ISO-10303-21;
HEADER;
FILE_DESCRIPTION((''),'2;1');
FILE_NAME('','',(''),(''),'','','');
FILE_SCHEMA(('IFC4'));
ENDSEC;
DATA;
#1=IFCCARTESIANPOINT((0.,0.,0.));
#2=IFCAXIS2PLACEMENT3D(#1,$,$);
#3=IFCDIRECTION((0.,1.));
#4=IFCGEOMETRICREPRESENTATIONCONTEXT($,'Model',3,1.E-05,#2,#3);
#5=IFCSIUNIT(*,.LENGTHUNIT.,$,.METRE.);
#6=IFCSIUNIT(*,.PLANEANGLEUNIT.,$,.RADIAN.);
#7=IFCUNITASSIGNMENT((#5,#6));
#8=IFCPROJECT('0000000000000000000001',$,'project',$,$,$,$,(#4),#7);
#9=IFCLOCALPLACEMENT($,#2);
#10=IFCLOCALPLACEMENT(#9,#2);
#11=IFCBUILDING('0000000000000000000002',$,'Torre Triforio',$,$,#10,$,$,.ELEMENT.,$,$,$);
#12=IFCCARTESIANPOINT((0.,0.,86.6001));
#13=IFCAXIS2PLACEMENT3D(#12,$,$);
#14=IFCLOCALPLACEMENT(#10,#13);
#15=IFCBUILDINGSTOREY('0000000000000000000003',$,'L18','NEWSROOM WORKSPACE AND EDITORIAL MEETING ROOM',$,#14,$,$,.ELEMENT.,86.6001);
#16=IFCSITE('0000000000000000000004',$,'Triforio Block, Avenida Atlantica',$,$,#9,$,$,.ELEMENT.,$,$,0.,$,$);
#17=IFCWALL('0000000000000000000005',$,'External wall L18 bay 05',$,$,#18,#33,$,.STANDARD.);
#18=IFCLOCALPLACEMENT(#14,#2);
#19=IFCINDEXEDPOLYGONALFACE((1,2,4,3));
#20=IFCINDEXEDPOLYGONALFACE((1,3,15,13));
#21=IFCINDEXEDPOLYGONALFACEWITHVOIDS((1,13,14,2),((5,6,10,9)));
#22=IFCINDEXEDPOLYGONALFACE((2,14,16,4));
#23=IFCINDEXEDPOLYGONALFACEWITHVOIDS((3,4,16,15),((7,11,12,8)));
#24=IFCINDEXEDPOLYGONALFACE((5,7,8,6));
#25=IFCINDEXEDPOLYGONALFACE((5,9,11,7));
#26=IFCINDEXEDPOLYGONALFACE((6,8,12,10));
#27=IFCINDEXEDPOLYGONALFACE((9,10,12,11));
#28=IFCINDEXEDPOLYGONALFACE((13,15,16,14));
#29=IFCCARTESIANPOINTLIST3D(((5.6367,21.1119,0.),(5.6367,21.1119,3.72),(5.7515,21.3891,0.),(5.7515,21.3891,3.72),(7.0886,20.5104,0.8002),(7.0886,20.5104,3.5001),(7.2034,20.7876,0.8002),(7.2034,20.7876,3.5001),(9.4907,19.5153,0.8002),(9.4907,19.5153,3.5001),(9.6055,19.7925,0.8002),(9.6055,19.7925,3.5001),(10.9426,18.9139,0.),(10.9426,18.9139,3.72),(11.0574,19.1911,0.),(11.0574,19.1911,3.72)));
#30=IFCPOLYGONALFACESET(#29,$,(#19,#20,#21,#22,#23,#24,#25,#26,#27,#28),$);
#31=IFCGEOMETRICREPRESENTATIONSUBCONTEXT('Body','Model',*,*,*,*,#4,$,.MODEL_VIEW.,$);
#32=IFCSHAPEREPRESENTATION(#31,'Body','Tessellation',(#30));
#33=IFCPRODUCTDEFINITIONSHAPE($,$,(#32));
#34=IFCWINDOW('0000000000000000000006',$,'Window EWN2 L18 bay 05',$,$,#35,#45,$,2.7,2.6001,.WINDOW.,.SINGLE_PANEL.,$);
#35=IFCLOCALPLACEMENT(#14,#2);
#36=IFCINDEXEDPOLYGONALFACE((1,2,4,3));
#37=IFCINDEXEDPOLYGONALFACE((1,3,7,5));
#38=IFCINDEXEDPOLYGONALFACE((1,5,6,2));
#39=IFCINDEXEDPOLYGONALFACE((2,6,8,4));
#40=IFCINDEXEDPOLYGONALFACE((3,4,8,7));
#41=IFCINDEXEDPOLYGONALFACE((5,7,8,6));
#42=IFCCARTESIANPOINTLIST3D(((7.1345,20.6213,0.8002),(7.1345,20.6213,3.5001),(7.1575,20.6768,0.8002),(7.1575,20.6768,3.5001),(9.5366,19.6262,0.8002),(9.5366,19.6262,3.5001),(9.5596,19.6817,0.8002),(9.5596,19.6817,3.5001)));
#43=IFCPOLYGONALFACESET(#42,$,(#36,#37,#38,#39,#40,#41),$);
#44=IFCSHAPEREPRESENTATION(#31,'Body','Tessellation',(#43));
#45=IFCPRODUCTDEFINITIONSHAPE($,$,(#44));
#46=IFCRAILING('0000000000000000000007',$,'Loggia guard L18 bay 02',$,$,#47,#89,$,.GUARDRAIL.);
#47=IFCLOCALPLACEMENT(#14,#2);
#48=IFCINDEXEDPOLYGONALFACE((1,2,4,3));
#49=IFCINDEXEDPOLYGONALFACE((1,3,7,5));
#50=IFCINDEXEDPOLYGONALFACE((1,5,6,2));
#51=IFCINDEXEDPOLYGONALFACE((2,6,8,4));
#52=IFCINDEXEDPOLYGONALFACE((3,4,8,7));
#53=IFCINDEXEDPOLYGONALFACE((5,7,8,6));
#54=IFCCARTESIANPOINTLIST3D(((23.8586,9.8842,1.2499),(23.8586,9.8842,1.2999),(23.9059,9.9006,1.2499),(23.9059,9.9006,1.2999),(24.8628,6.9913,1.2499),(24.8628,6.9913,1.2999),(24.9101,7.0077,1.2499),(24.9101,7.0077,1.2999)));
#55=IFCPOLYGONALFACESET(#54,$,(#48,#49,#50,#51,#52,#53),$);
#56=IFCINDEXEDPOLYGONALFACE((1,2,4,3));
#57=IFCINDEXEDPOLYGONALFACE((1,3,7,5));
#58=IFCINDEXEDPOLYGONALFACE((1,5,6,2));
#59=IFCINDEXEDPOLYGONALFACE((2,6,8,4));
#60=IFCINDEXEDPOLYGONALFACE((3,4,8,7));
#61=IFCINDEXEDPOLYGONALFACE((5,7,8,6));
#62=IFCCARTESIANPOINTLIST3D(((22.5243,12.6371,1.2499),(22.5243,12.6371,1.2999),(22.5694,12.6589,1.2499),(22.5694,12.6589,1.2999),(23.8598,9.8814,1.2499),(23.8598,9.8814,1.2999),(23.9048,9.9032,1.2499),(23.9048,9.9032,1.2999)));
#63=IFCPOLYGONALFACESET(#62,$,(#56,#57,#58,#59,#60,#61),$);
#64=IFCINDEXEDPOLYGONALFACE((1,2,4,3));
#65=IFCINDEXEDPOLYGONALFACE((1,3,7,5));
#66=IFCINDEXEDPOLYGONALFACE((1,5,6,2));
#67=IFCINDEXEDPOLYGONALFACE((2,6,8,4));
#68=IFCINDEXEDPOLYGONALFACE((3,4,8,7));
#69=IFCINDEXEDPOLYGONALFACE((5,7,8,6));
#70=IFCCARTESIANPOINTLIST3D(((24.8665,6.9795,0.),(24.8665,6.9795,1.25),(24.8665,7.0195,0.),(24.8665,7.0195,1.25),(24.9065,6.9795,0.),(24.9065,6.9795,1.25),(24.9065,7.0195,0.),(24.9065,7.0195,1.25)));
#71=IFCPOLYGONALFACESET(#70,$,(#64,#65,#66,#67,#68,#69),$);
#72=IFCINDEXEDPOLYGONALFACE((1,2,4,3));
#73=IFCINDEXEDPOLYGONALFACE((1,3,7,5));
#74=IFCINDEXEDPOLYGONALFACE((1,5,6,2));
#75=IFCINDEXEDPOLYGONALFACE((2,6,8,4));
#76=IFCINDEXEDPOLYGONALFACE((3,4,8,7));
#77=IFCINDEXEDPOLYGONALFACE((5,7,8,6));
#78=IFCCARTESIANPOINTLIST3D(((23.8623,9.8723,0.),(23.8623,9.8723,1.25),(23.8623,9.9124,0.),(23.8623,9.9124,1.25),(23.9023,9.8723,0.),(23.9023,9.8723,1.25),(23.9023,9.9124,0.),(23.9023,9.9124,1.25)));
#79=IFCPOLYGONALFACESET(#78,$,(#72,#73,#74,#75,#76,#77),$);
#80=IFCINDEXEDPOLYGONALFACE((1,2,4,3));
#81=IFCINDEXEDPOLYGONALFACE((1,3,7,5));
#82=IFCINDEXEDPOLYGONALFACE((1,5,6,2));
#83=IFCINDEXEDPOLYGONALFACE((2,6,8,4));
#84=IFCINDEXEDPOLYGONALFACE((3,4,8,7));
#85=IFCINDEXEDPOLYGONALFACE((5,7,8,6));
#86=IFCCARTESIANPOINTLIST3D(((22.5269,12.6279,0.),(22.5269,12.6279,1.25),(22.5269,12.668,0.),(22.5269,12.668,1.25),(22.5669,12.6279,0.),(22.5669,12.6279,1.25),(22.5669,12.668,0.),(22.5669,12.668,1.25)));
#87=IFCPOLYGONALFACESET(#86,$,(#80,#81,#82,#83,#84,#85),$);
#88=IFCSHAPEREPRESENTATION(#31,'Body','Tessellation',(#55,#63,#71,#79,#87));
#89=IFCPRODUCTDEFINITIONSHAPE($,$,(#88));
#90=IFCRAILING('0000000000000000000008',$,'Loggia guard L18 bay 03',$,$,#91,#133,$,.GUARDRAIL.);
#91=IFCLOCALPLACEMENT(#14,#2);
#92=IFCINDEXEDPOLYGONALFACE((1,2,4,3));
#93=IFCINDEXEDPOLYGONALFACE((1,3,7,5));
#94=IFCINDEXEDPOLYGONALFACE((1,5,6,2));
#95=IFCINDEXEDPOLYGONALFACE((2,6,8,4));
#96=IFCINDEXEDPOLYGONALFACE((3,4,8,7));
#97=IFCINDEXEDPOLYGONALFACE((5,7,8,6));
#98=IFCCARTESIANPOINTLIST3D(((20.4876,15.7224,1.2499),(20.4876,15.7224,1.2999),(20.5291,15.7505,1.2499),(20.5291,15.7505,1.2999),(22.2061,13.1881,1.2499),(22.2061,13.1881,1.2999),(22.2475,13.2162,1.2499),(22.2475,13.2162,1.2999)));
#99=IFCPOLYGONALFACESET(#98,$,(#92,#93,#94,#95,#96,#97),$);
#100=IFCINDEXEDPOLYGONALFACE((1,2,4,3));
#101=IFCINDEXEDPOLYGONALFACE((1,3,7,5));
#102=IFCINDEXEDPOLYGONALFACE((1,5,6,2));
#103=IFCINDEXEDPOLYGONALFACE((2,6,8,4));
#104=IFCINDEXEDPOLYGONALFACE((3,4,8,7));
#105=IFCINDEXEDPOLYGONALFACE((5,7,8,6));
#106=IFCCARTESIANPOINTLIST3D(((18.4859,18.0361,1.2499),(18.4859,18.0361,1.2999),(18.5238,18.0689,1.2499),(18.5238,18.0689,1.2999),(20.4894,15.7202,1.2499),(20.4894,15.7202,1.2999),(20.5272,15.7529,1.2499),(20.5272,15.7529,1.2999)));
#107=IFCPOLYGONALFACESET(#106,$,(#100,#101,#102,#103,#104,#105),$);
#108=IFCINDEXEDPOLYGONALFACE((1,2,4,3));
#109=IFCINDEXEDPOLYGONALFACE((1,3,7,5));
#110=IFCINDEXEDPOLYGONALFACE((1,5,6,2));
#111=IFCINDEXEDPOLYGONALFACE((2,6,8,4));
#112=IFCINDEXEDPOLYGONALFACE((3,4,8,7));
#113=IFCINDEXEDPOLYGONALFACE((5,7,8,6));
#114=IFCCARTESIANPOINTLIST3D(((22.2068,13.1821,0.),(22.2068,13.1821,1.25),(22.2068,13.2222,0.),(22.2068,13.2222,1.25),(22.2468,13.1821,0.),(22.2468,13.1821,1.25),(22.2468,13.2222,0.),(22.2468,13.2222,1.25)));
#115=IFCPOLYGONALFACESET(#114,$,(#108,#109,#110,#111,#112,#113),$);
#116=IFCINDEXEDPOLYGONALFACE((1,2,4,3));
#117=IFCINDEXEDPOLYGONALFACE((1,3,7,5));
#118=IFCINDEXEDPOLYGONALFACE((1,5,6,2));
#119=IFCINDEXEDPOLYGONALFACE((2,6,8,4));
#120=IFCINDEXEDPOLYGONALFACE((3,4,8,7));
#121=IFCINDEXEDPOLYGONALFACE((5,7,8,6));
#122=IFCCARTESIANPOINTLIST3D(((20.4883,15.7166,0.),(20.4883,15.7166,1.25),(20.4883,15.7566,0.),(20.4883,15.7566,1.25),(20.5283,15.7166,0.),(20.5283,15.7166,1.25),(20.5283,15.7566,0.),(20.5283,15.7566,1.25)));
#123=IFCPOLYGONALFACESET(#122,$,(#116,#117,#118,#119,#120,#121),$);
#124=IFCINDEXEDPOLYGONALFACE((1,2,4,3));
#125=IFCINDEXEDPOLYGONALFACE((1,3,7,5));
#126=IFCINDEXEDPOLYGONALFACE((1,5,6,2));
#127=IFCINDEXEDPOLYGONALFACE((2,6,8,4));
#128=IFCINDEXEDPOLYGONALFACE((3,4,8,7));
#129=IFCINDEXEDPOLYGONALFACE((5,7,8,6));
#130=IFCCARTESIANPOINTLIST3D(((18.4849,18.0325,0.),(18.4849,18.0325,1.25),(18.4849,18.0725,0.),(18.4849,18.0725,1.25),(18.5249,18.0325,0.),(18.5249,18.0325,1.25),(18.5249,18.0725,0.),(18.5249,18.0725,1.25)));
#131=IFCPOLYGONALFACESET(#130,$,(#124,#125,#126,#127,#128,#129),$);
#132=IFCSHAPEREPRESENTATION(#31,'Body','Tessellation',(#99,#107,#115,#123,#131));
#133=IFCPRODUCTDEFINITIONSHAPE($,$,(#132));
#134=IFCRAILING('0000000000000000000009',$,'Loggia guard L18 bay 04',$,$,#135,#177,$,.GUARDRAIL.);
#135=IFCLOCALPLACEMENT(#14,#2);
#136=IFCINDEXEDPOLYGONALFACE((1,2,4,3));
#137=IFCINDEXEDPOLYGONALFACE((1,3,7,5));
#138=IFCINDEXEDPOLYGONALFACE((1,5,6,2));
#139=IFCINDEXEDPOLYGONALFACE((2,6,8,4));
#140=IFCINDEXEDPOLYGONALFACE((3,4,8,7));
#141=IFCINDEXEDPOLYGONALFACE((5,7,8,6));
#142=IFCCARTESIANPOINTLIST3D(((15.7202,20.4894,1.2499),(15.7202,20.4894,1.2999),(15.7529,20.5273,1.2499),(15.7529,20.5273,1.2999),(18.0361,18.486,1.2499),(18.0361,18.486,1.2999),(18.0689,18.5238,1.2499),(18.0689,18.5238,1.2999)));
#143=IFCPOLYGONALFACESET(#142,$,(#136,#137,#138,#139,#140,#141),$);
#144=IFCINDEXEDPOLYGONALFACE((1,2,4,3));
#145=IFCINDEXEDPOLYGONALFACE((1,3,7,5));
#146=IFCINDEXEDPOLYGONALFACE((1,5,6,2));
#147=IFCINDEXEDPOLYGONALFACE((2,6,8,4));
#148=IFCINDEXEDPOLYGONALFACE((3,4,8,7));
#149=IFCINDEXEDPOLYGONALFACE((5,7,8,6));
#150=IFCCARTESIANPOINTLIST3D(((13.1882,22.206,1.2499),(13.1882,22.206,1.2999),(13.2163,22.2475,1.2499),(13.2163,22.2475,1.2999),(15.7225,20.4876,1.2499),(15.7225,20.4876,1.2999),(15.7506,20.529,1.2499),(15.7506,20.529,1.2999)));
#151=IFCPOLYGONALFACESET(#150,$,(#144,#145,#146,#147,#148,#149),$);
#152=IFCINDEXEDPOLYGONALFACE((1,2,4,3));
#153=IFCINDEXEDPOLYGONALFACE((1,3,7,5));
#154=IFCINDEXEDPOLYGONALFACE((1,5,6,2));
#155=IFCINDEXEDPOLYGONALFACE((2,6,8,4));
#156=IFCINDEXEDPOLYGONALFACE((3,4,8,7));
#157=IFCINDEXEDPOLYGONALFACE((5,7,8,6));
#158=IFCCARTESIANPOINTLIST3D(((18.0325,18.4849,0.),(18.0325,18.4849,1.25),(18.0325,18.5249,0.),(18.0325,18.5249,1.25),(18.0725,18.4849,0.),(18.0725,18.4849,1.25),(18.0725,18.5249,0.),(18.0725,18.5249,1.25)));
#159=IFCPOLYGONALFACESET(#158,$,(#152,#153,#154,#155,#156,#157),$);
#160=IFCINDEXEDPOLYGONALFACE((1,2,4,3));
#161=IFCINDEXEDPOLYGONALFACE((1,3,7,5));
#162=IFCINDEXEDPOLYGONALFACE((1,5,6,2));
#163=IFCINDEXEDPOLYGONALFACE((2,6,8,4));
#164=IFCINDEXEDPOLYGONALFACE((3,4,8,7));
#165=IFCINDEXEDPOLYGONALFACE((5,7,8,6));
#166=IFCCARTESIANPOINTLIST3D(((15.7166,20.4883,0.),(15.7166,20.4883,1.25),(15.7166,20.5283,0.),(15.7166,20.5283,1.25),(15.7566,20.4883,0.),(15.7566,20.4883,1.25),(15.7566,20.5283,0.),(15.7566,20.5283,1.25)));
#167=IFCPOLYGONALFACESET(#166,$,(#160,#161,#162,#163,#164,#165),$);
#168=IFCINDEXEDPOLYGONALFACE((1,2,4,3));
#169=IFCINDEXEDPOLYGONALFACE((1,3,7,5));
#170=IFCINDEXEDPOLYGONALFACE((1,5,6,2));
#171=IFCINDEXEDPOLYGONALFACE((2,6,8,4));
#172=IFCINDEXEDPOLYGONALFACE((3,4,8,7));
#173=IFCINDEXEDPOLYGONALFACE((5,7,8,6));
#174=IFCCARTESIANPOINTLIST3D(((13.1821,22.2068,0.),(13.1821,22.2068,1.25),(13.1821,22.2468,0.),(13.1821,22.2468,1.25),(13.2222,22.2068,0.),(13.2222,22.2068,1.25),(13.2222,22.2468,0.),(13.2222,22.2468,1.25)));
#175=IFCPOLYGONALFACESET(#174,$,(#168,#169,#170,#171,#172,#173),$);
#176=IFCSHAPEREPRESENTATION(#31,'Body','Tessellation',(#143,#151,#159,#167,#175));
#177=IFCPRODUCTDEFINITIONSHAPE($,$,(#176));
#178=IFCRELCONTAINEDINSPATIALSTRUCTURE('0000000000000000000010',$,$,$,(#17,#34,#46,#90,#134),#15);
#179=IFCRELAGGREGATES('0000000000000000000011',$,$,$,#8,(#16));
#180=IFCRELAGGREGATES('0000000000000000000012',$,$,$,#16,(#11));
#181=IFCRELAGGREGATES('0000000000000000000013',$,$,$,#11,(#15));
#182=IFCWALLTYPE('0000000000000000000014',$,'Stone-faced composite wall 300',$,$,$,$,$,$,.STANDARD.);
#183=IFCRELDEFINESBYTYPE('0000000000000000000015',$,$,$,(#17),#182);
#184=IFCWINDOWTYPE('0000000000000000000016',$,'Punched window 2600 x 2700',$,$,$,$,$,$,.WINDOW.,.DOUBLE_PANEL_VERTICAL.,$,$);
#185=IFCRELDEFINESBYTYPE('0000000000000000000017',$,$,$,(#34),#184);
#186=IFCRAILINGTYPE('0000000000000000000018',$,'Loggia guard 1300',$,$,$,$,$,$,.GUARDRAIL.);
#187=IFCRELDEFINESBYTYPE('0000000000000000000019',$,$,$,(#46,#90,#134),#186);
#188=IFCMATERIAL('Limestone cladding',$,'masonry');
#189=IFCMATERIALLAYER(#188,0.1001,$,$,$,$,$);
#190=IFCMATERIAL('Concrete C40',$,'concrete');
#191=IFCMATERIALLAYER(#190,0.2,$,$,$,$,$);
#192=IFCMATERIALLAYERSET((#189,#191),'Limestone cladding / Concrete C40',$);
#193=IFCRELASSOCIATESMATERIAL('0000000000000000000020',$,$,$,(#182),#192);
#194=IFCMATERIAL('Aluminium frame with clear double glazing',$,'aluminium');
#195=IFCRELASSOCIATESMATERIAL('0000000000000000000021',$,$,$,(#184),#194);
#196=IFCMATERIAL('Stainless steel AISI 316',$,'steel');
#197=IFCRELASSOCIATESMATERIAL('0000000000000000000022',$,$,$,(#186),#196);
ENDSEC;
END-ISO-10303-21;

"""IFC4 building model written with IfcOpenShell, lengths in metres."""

from ifc_helpers import new_model, si_unit, direction, frame, frame_2d, origin, origin_2d, place, context, subcontext, project, spatial, rectangle, extrude, material, layer, layer_set, type_object, element, fill, save


model = new_model("IFC4")

# Units and contexts
model_context = context("Model", 3, precision=1e-05, world=origin(), true_north=direction((0.0, 1.0)))
body_context = subcontext(model_context, "Body", "Model", "MODEL_VIEW")
ifc_project = project(units=[si_unit("LENGTHUNIT", "METRE"), si_unit("PLANEANGLEUNIT", "RADIAN")], contexts=[model_context])

# Site, building, storey
site_placement = place(None, origin())
site = spatial("IfcSite", under=ifc_project, at=site_placement, Name="Triforio Block, Avenida Atlantica", CompositionType="ELEMENT", RefElevation=0.0)
building_placement = place(site_placement, origin())
building = spatial("IfcBuilding", under=site, at=building_placement, Name="Torre Triforio", CompositionType="ELEMENT")
storey_placement = place(building_placement, frame((0.0, 0.0, 86.6001)))
storey = spatial("IfcBuildingStorey", under=building, at=storey_placement, Name="L18", Description="NEWSROOM WORKSPACE AND EDITORIAL MEETING ROOM", CompositionType="ELEMENT", Elevation=86.6001)

# Shared definitions
ifc_material_1 = material(Name="Limestone cladding", Category="masonry")
ifc_material_2 = material(Name="Concrete C40", Category="concrete")

# Shared definitions
ifc_layer_1 = layer(ifc_material_1, 0.1001)
ifc_layer_2 = layer(ifc_material_2, 0.2)
ifc_layer_set_1 = layer_set([ifc_layer_1, ifc_layer_2], Name="Limestone cladding / Concrete C40")
wall_type_1 = type_object("IfcWallType", Name="Stone-faced composite wall 300", PredefinedType="STANDARD", material=ifc_layer_set_1)
ifc_material_3 = material(Name="Aluminium frame with clear double glazing", Category="aluminium")
window_type_1 = type_object("IfcWindowType", Name="Punched window 2600 x 2700", PartitioningType="DOUBLE_PANEL_VERTICAL", PredefinedType="WINDOW", material=ifc_material_3)

# Wall, opening, window
wall_1_placement = place(storey_placement, frame((11.0, 19.0525, 0.0), z_axis=(0.0, 0.0, 1.0), x_axis=(-0.923866, 0.382716, 0.0)))
wall_1 = element("IfcWall", 1, at=wall_1_placement, inside=storey, type_object=wall_type_1, Name="External wall L18 bay 05", PredefinedType="STANDARD", context=body_context, shape_type="SweptSolid", body=[
    extrude(rectangle(XDim=5.7432, YDim=0.3, at=frame_2d((2.8716, 0.0))), origin(), (0.0, 0.0, 1.0), 3.72),
])
opening_1_placement = place(wall_1_placement, frame((1.5715, 0.0, 0.8)))
opening_1 = element("IfcOpeningElement", 2, at=opening_1_placement, cuts=wall_1, PredefinedType="OPENING", context=body_context, shape_type="SweptSolid", body=[
    extrude(rectangle(XDim=2.6001, YDim=2.7, at=frame_2d((1.3, 1.3501))), frame((0.0, 0.1599, 0.0), z_axis=(0.0, -1.0, 0.0), x_axis=(1.0, 0.0, 0.0)), (0.0, 0.0, 1.0), 0.3201),
])
window_1_placement = place(opening_1_placement, origin())
window_1 = element("IfcWindow", 3, at=window_1_placement, inside=storey, type_object=window_type_1, Name="Window EWN2 L18 bay 05", OverallHeight=2.7, OverallWidth=2.6001, PartitioningType="SINGLE_PANEL", PredefinedType="WINDOW", context=body_context, shape_type="SweptSolid", body=[
    extrude(rectangle(XDim=2.6001, YDim=2.7, at=frame_2d((1.3, 1.3501))), frame((0.0, 0.03, 0.0), z_axis=(0.0, -1.0, 0.0), x_axis=(1.0, 0.0, 0.0)), (0.0, 0.0, 1.0), 0.0601),
])
fill(opening_1, window_1)

# Railings
ifc_material_4 = material(Name="Stainless steel AISI 316", Category="steel")
railing_type = type_object("IfcRailingType", Name="Loggia guard 1300", PredefinedType="GUARDRAIL", material=ifc_material_4)
railing_1_placement = place(storey_placement, frame((24.8865, 6.9995, 0.0)))
element("IfcRailing", 4, at=railing_1_placement, inside=storey, type_object=railing_type, Name="Loggia guard L18 bay 02", PredefinedType="GUARDRAIL", context=body_context, shape_type="SweptSolid", body=[
    extrude(rectangle(XDim=0.05, YDim=0.05, at=origin_2d()), frame((0.0, 0.0, 1.2749), z_axis=(-0.327924, 0.944704, 0.0), x_axis=(-0.944704, -0.327924, 0.0)), (0.0, 0.0, 1.0), 3.0623),
    extrude(rectangle(XDim=0.05, YDim=0.05, at=origin_2d()), frame((-1.0042, 2.8928, 1.2749), z_axis=(-0.436113, 0.899892, 0.0), x_axis=(-0.899892, -0.436113, 0.0)), (0.0, 0.0, 1.0), 3.0623),
    extrude(rectangle(XDim=0.04, YDim=0.04, at=origin_2d()), origin(), (0.0, 0.0, 1.0), 1.25),
    extrude(rectangle(XDim=0.04, YDim=0.04, at=origin_2d()), frame((-1.0042, 2.8928, 0.0)), (0.0, 0.0, 1.0), 1.25),
    extrude(rectangle(XDim=0.04, YDim=0.04, at=origin_2d()), frame((-2.3396, 5.6484, 0.0)), (0.0, 0.0, 1.0), 1.25),
])
railing_2_placement = place(storey_placement, frame((22.2268, 13.2021, 0.0)))
element("IfcRailing", 5, at=railing_2_placement, inside=storey, type_object=railing_type, Name="Loggia guard L18 bay 03", PredefinedType="GUARDRAIL", context=body_context, shape_type="SweptSolid", body=[
    extrude(rectangle(XDim=0.05, YDim=0.05, at=origin_2d()), frame((0.0, 0.0, 1.2749), z_axis=(-0.561215, 0.82767, 0.0), x_axis=(-0.82767, -0.561215, 0.0)), (0.0, 0.0, 1.0), 3.062),
    extrude(rectangle(XDim=0.05, YDim=0.05, at=origin_2d()), frame((-1.7185, 2.5344, 1.2749), z_axis=(-0.654238, 0.756289, 0.0), x_axis=(-0.756289, -0.654238, 0.0)), (0.0, 0.0, 1.0), 3.0623),
    extrude(rectangle(XDim=0.04, YDim=0.04, at=origin_2d()), origin(), (0.0, 0.0, 1.0), 1.25),
    extrude(rectangle(XDim=0.04, YDim=0.04, at=origin_2d()), frame((-1.7185, 2.5344, 0.0)), (0.0, 0.0, 1.0), 1.25),
    extrude(rectangle(XDim=0.04, YDim=0.04, at=origin_2d()), frame((-3.7219, 4.8503, 0.0)), (0.0, 0.0, 1.0), 1.25),
])
railing_3_placement = place(storey_placement, frame((18.0525, 18.5049, 0.0)))
element("IfcRailing", 6, at=railing_3_placement, inside=storey, type_object=railing_type, Name="Loggia guard L18 bay 04", PredefinedType="GUARDRAIL", context=body_context, shape_type="SweptSolid", body=[
    extrude(rectangle(XDim=0.05, YDim=0.05, at=origin_2d()), frame((0.0, 0.0, 1.2749), z_axis=(-0.756289, 0.654238, 0.0), x_axis=(-0.654238, -0.756289, 0.0)), (0.0, 0.0, 1.0), 3.0623),
    extrude(rectangle(XDim=0.05, YDim=0.05, at=origin_2d()), frame((-2.3159, 2.0034, 1.2749), z_axis=(-0.82767, 0.561215, 0.0), x_axis=(-0.561215, -0.82767, 0.0)), (0.0, 0.0, 1.0), 3.062),
    extrude(rectangle(XDim=0.04, YDim=0.04, at=origin_2d()), origin(), (0.0, 0.0, 1.0), 1.25),
    extrude(rectangle(XDim=0.04, YDim=0.04, at=origin_2d()), frame((-2.3159, 2.0034, 0.0)), (0.0, 0.0, 1.0), 1.25),
    extrude(rectangle(XDim=0.04, YDim=0.04, at=origin_2d()), frame((-4.8503, 3.7219, 0.0)), (0.0, 0.0, 1.0), 1.25),
])

save(model, "model.ifc")
